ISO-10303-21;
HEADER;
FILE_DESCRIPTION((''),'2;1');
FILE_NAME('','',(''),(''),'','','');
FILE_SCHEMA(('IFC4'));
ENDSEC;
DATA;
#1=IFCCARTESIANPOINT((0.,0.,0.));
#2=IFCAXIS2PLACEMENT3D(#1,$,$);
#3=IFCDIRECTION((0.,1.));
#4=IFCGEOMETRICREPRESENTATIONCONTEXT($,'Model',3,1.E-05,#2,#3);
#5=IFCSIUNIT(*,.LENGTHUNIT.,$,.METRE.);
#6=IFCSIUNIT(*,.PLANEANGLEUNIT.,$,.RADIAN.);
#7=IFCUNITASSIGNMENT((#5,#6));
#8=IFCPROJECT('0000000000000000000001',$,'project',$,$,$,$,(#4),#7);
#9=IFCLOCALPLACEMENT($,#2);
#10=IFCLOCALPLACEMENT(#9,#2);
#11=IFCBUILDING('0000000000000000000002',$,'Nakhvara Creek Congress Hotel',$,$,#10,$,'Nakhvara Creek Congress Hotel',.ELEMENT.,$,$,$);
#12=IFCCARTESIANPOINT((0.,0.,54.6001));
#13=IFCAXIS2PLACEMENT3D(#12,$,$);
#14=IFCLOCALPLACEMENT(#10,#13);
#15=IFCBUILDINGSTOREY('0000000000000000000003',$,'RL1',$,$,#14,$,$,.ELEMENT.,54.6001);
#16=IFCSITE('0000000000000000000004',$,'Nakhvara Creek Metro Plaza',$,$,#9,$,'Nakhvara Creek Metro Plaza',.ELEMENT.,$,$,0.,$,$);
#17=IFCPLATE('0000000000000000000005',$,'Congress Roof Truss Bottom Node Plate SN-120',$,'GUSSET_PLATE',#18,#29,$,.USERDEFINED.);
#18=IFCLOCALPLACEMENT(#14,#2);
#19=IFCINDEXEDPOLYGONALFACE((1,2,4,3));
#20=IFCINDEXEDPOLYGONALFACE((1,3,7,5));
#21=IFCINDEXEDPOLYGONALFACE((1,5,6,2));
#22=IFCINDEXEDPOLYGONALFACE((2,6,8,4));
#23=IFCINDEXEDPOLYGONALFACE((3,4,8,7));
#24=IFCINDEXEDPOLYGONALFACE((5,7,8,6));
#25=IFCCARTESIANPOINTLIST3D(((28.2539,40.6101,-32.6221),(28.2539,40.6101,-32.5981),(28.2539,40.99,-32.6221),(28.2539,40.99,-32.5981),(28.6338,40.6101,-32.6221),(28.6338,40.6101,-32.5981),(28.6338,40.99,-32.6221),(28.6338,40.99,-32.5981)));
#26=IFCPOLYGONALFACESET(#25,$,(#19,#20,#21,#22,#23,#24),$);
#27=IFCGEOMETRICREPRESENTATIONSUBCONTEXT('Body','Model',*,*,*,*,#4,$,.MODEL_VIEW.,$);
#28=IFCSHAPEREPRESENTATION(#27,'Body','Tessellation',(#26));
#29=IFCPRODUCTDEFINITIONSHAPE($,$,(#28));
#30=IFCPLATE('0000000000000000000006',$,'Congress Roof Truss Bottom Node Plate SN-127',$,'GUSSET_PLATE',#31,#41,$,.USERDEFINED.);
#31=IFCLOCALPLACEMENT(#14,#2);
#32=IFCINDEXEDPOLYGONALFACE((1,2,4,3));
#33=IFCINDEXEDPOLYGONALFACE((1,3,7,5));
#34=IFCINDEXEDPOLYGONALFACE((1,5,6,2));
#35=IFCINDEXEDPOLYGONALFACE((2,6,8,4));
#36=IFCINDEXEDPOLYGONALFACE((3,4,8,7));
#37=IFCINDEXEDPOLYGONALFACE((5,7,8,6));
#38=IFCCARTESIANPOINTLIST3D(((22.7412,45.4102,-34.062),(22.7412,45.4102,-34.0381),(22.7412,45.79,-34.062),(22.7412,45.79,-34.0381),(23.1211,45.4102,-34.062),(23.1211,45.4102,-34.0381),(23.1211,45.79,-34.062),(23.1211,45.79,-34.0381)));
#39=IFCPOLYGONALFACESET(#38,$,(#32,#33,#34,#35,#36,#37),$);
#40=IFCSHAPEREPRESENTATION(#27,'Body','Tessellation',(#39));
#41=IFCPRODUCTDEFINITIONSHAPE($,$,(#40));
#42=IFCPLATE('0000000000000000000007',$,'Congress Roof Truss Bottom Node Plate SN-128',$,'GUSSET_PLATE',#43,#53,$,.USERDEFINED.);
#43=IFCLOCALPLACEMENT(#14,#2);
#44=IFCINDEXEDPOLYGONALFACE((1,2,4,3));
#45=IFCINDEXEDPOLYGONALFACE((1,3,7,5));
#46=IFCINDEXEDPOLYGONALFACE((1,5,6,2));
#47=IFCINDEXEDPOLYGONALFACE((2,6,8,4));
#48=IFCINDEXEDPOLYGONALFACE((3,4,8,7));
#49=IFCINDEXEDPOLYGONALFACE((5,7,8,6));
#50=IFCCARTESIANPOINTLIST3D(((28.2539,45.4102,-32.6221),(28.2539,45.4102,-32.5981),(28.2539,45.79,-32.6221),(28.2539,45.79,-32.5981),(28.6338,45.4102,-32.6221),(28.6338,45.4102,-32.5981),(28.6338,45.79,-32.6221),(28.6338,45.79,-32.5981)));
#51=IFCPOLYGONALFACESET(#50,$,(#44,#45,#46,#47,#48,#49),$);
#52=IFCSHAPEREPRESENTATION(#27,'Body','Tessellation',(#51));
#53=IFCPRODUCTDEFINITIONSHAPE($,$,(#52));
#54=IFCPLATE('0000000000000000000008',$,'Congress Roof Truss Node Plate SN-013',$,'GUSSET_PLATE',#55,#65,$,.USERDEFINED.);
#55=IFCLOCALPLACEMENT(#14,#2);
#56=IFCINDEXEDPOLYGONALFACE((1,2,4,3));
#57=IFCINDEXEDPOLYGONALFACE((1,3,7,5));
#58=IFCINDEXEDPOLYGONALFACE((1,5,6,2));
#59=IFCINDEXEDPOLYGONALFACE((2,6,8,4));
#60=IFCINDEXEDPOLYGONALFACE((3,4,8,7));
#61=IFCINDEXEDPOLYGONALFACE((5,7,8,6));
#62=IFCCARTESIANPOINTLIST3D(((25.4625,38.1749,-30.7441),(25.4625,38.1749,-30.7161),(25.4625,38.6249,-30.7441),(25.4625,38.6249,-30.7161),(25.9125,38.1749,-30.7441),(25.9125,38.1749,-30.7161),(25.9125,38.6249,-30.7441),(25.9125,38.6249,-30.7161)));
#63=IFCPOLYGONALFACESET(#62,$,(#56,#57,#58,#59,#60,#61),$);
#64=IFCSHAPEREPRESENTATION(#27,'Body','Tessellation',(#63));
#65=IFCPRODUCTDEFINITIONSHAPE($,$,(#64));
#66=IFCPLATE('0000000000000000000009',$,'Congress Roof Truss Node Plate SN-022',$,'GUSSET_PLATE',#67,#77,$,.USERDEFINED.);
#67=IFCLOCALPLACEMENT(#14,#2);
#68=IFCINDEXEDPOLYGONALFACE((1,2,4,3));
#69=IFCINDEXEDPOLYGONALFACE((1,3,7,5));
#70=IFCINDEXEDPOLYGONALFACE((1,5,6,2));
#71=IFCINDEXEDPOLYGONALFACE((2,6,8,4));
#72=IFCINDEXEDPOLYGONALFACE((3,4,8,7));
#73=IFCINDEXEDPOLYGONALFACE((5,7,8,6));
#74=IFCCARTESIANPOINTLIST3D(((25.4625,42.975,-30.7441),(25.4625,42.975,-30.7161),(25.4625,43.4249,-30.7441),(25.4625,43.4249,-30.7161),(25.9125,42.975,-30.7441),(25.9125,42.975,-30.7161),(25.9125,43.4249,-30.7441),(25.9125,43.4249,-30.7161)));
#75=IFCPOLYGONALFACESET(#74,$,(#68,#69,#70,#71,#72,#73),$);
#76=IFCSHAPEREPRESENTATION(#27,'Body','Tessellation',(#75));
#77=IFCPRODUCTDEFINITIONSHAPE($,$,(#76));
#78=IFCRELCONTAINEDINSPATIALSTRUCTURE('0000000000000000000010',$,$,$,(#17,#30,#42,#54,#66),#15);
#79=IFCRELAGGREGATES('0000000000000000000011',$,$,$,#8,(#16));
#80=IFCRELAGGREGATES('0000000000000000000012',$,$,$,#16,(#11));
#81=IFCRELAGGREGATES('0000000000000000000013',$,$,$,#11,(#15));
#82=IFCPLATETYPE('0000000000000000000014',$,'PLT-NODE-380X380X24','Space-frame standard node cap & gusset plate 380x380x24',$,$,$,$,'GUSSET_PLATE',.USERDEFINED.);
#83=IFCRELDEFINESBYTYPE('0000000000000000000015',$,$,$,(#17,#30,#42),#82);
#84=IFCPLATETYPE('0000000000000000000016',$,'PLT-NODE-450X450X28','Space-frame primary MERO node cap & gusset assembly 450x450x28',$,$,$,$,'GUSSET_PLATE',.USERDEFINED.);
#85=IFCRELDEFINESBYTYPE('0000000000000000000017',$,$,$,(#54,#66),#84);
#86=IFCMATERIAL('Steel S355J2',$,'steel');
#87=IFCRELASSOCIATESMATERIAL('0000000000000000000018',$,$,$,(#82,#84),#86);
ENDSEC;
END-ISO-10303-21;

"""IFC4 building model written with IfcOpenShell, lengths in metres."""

from ifc_helpers import new_model, si_unit, direction, frame, origin, origin_2d, place, context, subcontext, project, spatial, rectangle, extrude, material, type_object, element, save


model = new_model("IFC4")

# Units and contexts
model_context = context("Model", 3, precision=1e-05, world=origin(), true_north=direction((0.0, 1.0)))
body_context = subcontext(model_context, "Body", "Model", "MODEL_VIEW")
ifc_project = project(units=[si_unit("LENGTHUNIT", "METRE"), si_unit("PLANEANGLEUNIT", "RADIAN")], contexts=[model_context])

# Site, building, storey
site_placement = place(None, origin())
site = spatial("IfcSite", under=ifc_project, at=site_placement, Name="Nakhvara Creek Metro Plaza", LongName="Nakhvara Creek Metro Plaza", CompositionType="ELEMENT", RefElevation=0.0)
building_placement = place(site_placement, origin())
building = spatial("IfcBuilding", under=site, at=building_placement, Name="Nakhvara Creek Congress Hotel", LongName="Nakhvara Creek Congress Hotel", CompositionType="ELEMENT")
storey_placement = place(building_placement, frame((0.0, 0.0, 54.6001)))
storey = spatial("IfcBuildingStorey", under=building, at=storey_placement, Name="RL1", CompositionType="ELEMENT", Elevation=54.6001)

# Plates
ifc_material_1 = material(Name="Steel S355J2", Category="steel")
plate_type_1 = type_object("IfcPlateType", Name="PLT-NODE-380X380X24", Description="Space-frame standard node cap & gusset plate 380x380x24", ElementType="GUSSET_PLATE", PredefinedType="USERDEFINED", material=ifc_material_1)
for number, where, z_axis, x_axis, name in (
    (1, (28.4438, 40.8, -32.6221), (0.0, 0.0, 1.0), (1.0, 0.0, 0.0), "Congress Roof Truss Bottom Node Plate SN-120"),
    (2, (22.9312, 45.6001, -34.062), (0.0, 0.0, 1.0), (1.0, 0.0, 0.0), "Congress Roof Truss Bottom Node Plate SN-127"),
    (3, (28.4438, 45.6001, -32.6221), (0.0, 0.0, 1.0), (1.0, 0.0, 0.0), "Congress Roof Truss Bottom Node Plate SN-128"),
):
    element("IfcPlate", number, at=place(storey_placement, frame(where, z_axis=z_axis, x_axis=x_axis)), inside=storey, type_object=plate_type_1, Name=name, ObjectType="GUSSET_PLATE", PredefinedType="USERDEFINED", context=body_context, shape_type="SweptSolid", body=[
        extrude(rectangle(XDim=0.3799, YDim=0.3799, at=origin_2d()), origin(), (0.0, 0.0, 1.0), 0.0239),
    ])
plate_type_2 = type_object("IfcPlateType", Name="PLT-NODE-450X450X28", Description="Space-frame primary MERO node cap & gusset assembly 450x450x28", ElementType="GUSSET_PLATE", PredefinedType="USERDEFINED", material=ifc_material_1)
for number, where, z_axis, x_axis, name in (
    (4, (25.6875, 38.3999, -30.7441), (0.0, 0.0, 1.0), (1.0, 0.0, 0.0), "Congress Roof Truss Node Plate SN-013"),
    (5, (25.6875, 43.2, -30.7441), (0.0, 0.0, 1.0), (1.0, 0.0, 0.0), "Congress Roof Truss Node Plate SN-022"),
):
    element("IfcPlate", number, at=place(storey_placement, frame(where, z_axis=z_axis, x_axis=x_axis)), inside=storey, type_object=plate_type_2, Name=name, ObjectType="GUSSET_PLATE", PredefinedType="USERDEFINED", context=body_context, shape_type="SweptSolid", body=[
        extrude(rectangle(XDim=0.45, YDim=0.45, at=origin_2d()), origin(), (0.0, 0.0, 1.0), 0.0281),
    ])

save(model, "model.ifc")
